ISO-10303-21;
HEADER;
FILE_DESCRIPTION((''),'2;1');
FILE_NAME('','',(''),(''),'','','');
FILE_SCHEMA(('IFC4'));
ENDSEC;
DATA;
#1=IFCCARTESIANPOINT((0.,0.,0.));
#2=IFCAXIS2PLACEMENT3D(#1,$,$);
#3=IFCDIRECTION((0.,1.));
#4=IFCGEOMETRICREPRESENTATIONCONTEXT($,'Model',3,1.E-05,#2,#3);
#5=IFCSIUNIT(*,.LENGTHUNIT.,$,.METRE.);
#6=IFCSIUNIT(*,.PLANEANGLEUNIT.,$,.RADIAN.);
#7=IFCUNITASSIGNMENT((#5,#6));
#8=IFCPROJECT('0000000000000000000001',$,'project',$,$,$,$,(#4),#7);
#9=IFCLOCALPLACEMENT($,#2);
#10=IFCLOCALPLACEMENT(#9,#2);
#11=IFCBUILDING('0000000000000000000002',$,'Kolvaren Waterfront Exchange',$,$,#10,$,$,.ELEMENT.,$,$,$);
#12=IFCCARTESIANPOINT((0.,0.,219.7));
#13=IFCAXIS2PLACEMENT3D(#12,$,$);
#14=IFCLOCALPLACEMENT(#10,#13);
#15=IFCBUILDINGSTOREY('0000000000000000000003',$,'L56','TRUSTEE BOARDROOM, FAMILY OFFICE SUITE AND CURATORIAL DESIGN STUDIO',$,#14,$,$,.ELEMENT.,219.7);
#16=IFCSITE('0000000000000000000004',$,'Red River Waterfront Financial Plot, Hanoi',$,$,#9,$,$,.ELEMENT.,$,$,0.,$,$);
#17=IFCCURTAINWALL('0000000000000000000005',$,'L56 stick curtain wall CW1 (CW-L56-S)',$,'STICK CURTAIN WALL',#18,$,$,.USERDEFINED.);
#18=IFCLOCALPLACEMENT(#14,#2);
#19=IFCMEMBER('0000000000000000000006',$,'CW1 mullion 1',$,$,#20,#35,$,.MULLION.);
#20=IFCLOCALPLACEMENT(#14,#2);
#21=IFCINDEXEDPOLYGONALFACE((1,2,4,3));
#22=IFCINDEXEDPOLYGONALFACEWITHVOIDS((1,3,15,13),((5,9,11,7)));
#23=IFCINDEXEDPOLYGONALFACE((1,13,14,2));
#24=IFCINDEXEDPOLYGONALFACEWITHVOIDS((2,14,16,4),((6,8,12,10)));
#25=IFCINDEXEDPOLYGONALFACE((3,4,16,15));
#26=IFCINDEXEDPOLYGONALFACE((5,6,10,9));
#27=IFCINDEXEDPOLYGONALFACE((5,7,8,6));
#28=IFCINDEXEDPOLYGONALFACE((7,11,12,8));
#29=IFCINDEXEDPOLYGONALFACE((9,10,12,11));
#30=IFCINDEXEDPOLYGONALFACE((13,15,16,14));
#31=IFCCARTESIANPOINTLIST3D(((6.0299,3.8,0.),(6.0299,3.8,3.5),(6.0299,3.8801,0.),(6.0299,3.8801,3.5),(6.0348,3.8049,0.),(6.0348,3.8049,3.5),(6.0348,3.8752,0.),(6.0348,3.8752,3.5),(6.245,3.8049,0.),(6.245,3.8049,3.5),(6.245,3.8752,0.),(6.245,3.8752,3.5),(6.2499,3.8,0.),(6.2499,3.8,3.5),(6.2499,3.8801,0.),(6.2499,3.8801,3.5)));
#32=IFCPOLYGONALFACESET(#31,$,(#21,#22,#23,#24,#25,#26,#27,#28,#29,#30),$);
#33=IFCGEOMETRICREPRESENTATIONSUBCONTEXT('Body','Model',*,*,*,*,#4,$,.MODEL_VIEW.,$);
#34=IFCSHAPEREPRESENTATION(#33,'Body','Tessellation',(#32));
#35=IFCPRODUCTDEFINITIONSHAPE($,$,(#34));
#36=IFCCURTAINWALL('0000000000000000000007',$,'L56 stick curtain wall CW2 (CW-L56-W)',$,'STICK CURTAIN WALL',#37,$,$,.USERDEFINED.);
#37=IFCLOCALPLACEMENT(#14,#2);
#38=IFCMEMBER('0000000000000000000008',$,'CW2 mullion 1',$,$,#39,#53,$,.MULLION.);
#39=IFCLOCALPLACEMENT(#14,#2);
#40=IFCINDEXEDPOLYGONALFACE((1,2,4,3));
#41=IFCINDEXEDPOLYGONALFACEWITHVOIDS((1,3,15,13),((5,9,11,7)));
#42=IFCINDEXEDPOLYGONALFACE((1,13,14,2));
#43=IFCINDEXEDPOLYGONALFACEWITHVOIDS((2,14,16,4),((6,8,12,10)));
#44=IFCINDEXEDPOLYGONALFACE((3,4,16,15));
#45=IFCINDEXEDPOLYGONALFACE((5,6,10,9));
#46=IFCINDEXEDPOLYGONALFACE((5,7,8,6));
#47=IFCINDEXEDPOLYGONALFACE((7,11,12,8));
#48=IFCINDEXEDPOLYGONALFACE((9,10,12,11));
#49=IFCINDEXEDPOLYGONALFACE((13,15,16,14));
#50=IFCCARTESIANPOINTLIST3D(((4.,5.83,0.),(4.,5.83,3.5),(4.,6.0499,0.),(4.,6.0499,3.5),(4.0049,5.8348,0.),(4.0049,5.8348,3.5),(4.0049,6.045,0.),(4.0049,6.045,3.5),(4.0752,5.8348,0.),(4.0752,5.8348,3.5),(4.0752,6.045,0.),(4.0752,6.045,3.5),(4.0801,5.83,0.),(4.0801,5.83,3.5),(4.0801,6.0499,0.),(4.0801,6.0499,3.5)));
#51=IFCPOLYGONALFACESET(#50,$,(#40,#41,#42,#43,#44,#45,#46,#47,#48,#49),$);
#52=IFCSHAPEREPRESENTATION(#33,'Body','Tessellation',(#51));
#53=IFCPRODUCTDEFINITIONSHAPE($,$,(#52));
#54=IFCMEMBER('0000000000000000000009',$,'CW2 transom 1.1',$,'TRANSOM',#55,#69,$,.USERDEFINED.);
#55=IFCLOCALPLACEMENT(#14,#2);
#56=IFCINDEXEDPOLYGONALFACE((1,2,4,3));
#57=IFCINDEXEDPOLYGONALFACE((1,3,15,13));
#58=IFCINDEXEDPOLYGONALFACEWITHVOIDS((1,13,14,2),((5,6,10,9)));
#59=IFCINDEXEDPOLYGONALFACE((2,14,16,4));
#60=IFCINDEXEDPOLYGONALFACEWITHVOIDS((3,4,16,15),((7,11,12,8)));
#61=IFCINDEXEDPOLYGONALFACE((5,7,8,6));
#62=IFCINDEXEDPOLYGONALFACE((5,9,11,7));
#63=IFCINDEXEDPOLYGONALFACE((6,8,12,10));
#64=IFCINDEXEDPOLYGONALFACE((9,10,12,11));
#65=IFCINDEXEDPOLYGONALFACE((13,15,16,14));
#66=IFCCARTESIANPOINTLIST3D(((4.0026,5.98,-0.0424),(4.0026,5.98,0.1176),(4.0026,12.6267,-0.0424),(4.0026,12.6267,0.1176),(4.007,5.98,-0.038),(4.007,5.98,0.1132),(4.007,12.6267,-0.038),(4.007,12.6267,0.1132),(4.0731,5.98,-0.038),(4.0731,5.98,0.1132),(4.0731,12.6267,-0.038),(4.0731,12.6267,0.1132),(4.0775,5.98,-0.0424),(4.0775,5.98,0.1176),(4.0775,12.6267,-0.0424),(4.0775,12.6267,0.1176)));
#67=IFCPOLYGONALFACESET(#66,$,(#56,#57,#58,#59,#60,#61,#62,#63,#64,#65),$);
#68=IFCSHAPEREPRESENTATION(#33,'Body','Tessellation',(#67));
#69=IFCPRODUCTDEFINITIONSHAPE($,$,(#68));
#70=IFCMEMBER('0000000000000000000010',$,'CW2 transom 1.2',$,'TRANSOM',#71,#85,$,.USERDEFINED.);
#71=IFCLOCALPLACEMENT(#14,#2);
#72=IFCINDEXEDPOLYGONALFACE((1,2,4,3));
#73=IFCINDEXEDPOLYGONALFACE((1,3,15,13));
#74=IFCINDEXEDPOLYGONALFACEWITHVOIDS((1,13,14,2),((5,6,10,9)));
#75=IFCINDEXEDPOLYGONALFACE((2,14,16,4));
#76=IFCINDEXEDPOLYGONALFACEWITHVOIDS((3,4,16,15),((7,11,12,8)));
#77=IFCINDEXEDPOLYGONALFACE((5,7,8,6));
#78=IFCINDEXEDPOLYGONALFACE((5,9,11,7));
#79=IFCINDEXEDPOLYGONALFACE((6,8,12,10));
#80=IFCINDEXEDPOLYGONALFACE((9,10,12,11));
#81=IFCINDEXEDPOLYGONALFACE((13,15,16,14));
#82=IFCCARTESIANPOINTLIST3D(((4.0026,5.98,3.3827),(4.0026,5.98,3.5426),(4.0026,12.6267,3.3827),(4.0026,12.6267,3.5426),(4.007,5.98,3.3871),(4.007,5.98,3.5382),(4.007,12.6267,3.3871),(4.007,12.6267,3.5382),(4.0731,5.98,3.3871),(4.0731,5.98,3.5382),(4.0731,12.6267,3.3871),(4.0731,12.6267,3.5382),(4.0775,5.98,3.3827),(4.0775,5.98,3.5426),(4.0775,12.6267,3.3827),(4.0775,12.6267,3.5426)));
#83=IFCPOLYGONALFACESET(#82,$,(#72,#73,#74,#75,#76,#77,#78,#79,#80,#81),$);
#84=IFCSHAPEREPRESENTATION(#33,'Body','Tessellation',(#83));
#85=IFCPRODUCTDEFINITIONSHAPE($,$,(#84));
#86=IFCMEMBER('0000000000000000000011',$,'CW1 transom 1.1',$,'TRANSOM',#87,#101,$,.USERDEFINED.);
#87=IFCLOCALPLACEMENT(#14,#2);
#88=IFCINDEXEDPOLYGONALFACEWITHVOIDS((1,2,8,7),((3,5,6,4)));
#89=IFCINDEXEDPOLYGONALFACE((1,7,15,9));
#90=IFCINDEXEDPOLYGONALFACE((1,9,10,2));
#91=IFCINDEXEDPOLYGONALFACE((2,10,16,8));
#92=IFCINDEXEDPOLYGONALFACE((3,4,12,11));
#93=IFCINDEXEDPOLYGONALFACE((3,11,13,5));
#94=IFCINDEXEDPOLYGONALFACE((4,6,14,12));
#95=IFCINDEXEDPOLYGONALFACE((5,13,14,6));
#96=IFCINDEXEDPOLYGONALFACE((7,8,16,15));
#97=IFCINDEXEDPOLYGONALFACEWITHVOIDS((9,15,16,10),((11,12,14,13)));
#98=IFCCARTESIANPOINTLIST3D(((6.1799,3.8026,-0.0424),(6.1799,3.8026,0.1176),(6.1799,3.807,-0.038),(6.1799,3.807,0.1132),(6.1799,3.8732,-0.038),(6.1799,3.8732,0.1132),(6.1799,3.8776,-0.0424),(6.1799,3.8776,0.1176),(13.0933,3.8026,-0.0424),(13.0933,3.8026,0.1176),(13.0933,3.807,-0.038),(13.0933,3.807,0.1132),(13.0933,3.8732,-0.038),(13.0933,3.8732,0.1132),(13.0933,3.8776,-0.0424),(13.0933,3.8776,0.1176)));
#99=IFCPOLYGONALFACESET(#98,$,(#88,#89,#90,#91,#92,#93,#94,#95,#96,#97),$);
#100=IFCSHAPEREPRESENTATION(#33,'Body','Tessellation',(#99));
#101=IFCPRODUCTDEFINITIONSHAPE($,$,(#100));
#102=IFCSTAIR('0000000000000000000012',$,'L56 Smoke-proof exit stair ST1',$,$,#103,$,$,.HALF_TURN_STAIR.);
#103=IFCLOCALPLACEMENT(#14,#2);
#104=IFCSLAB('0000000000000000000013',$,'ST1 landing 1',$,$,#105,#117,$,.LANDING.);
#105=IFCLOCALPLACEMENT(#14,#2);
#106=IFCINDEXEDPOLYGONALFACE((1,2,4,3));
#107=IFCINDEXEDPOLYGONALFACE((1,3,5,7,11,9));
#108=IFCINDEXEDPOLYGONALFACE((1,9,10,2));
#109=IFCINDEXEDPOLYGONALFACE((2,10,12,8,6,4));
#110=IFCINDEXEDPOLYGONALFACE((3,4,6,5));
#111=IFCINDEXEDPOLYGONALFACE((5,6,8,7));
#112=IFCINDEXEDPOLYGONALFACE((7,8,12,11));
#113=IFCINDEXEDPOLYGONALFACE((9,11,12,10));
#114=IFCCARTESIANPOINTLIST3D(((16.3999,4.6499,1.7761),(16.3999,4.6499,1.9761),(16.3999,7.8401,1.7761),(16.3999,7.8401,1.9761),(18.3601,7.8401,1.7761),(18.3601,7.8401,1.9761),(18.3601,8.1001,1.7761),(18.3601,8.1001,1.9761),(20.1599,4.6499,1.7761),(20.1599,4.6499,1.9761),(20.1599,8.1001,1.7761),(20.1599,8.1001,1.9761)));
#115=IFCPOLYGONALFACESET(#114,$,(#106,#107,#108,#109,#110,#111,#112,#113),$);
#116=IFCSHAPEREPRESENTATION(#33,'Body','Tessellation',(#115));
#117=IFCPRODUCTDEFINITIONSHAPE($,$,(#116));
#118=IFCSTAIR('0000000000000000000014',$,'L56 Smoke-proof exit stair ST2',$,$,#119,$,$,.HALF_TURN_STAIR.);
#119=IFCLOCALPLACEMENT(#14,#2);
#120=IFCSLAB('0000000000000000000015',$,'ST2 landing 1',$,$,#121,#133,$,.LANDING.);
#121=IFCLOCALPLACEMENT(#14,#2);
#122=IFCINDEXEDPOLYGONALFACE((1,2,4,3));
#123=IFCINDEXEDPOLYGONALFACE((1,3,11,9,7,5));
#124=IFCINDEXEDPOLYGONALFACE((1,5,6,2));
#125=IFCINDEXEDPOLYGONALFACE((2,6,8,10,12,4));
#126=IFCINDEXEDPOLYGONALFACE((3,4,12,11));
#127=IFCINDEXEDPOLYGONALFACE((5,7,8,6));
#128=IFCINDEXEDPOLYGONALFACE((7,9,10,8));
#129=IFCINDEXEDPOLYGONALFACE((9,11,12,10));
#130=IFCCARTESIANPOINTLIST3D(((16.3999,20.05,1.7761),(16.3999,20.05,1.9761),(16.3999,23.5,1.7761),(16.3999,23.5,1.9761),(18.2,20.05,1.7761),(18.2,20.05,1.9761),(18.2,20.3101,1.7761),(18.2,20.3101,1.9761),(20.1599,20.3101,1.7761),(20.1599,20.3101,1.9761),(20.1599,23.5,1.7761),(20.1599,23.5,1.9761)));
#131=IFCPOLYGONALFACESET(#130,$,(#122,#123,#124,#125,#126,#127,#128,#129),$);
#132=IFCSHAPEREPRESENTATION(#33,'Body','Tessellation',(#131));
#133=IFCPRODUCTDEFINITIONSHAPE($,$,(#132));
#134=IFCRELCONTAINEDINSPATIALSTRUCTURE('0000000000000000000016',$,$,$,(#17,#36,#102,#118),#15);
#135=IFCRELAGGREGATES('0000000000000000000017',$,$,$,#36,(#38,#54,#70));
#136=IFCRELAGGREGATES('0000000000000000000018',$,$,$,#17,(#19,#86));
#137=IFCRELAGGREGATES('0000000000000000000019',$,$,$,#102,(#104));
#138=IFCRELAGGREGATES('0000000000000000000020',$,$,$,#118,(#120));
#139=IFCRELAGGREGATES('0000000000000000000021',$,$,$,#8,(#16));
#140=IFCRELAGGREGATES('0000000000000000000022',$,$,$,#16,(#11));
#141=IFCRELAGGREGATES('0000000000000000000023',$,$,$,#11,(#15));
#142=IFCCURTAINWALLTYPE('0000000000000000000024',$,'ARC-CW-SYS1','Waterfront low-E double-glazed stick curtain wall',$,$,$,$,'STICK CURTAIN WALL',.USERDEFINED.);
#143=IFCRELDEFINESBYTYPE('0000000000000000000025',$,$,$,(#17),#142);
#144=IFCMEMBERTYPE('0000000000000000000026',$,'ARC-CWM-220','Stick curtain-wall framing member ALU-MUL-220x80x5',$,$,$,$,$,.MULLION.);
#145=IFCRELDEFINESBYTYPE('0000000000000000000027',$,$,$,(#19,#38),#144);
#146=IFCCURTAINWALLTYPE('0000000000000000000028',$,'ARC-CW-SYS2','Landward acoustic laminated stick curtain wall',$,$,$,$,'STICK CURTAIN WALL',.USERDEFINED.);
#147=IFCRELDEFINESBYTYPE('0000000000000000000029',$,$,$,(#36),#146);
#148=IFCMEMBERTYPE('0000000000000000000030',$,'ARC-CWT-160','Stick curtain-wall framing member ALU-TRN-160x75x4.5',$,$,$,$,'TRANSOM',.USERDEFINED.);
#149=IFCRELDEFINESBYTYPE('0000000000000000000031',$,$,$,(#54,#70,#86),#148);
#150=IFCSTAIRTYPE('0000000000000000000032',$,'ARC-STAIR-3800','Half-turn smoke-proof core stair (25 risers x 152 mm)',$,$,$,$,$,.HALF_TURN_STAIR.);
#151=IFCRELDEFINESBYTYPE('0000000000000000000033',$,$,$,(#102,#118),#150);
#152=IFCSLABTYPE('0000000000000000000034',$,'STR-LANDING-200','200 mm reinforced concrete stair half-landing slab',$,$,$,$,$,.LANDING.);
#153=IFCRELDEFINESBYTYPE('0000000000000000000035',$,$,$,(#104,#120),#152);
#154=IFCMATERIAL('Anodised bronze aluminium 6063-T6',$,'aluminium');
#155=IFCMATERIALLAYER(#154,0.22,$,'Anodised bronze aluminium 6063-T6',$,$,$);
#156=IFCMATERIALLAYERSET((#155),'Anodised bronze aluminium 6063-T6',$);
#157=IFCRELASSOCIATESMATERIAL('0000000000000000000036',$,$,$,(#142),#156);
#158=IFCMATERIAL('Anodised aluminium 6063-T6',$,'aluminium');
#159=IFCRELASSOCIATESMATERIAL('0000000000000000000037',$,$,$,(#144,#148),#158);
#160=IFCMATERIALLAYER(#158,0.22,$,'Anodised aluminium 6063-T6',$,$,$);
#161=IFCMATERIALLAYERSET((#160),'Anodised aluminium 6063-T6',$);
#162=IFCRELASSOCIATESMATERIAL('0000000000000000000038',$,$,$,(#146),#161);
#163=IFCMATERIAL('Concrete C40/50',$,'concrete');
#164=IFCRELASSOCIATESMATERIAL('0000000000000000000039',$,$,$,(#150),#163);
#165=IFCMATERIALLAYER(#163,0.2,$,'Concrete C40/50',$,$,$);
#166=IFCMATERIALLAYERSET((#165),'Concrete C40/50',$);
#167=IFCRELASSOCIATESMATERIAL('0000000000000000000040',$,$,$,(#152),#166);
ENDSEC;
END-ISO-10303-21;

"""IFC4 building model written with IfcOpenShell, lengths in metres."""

from ifc_helpers import new_model, si_unit, direction, frame, origin, origin_with_axes, origin_2d, place, context, subcontext, project, spatial, polyline, hollow_rectangle, outline, extrude, source, transform, mapped, material, layer, layer_set, material_profile, profile_set, type_object, element, aggregate, save


model = new_model("IFC4")

# Units and contexts
model_context = context("Model", 3, precision=1e-05, world=origin(), true_north=direction((0.0, 1.0)))
body_context = subcontext(model_context, "Body", "Model", "MODEL_VIEW")
ifc_project = project(units=[si_unit("LENGTHUNIT", "METRE"), si_unit("PLANEANGLEUNIT", "RADIAN")], contexts=[model_context])

# Site, building, storey
site_placement = place(None, origin())
site = spatial("IfcSite", under=ifc_project, at=site_placement, Name="Red River Waterfront Financial Plot, Hanoi", CompositionType="ELEMENT", RefElevation=0.0)
building_placement = place(site_placement, origin())
building = spatial("IfcBuilding", under=site, at=building_placement, Name="Kolvaren Waterfront Exchange", CompositionType="ELEMENT")
storey_placement = place(building_placement, frame((0.0, 0.0, 219.7)))
storey = spatial("IfcBuildingStorey", under=building, at=storey_placement, Name="L56", Description="TRUSTEE BOARDROOM, FAMILY OFFICE SUITE AND CURATORIAL DESIGN STUDIO", CompositionType="ELEMENT", Elevation=219.7)

# Curtain wall, member
ifc_material_1 = material(Name="Anodised bronze aluminium 6063-T6", Category="aluminium")
ifc_layer_1 = layer(ifc_material_1, 0.22, Name="Anodised bronze aluminium 6063-T6")
ifc_layer_set_1 = layer_set([ifc_layer_1], Name="Anodised bronze aluminium 6063-T6")
curtain_wall_type_1 = type_object("IfcCurtainWallType", Name="ARC-CW-SYS1", Description="Waterfront low-E double-glazed stick curtain wall", ElementType="STICK CURTAIN WALL", PredefinedType="USERDEFINED", material=ifc_layer_set_1)
curtain_wall_1_placement = place(storey_placement, origin())
curtain_wall_1 = element("IfcCurtainWall", 1, at=curtain_wall_1_placement, inside=storey, type_object=curtain_wall_type_1, Name="L56 stick curtain wall CW1 (CW-L56-S)", ObjectType="STICK CURTAIN WALL", PredefinedType="USERDEFINED")
ifc_material_2 = material(Name="Anodised aluminium 6063-T6", Category="aluminium")
ifc_material_profile_1 = material_profile(ifc_material_2, hollow_rectangle(XDim=0.0801, YDim=0.22, WallThickness=0.0049, at=origin_2d()), Name="ALU-MUL-220x80x5")
ifc_profile_set_1 = profile_set([ifc_material_profile_1], Name="Anodised aluminium 6063-T6")
member_type_1 = type_object("IfcMemberType", Name="ARC-CWM-220", Description="Stick curtain-wall framing member ALU-MUL-220x80x5", PredefinedType="MULLION", material=ifc_profile_set_1)
shared_shape_1 = source(origin_with_axes(), body_context, "Body", "SweptSolid", [
    extrude(hollow_rectangle(XDim=0.0801, YDim=0.22, WallThickness=0.0049, at=origin_2d()), origin(), (0.0, 0.0, 1.0), 3.5),
])
member_1_placement = place(storey_placement, frame((6.1399, 3.8401, 0.0), z_axis=(0.0, 0.0, 1.0), x_axis=(0.0, 1.0, 0.0)))
member_1 = element("IfcMember", 2, at=member_1_placement, type_object=member_type_1, Name="CW1 mullion 1", PredefinedType="MULLION", context=body_context, shape_type="MappedRepresentation", body=[
    mapped(shared_shape_1, transform((0.0, 0.0, 0.0), x_axis=(1.0, 0.0, 0.0), y_axis=(0.0, 1.0, 0.0), z_axis=(0.0, 0.0, 1.0), scale=1.0)),
])

# Curtain wall, members
ifc_layer_2 = layer(ifc_material_2, 0.22, Name="Anodised aluminium 6063-T6")
ifc_layer_set_2 = layer_set([ifc_layer_2], Name="Anodised aluminium 6063-T6")
curtain_wall_type_2 = type_object("IfcCurtainWallType", Name="ARC-CW-SYS2", Description="Landward acoustic laminated stick curtain wall", ElementType="STICK CURTAIN WALL", PredefinedType="USERDEFINED", material=ifc_layer_set_2)
curtain_wall_2_placement = place(storey_placement, origin())
curtain_wall_2 = element("IfcCurtainWall", 3, at=curtain_wall_2_placement, inside=storey, type_object=curtain_wall_type_2, Name="L56 stick curtain wall CW2 (CW-L56-W)", ObjectType="STICK CURTAIN WALL", PredefinedType="USERDEFINED")
member_2_placement = place(storey_placement, frame((4.04, 5.9399, 0.0), z_axis=(0.0, 0.0, 1.0), x_axis=(-1.0, 0.0, 0.0)))
member_2 = element("IfcMember", 4, at=member_2_placement, type_object=member_type_1, Name="CW2 mullion 1", PredefinedType="MULLION", context=body_context, shape_type="MappedRepresentation", body=[
    mapped(shared_shape_1, transform((0.0, 0.0, 0.0), x_axis=(1.0, 0.0, 0.0), y_axis=(0.0, 1.0, 0.0), z_axis=(0.0, 0.0, 1.0), scale=1.0)),
])
ifc_material_profile_2 = material_profile(ifc_material_2, hollow_rectangle(XDim=0.075, YDim=0.1599, WallThickness=0.0044, at=origin_2d()), Name="ALU-TRN-160x75x4.5")
ifc_profile_set_2 = profile_set([ifc_material_profile_2], Name="Anodised aluminium 6063-T6")
member_type_2 = type_object("IfcMemberType", Name="ARC-CWT-160", Description="Stick curtain-wall framing member ALU-TRN-160x75x4.5", ElementType="TRANSOM", PredefinedType="USERDEFINED", material=ifc_profile_set_2)
shared_shape_2 = source(origin_with_axes(), body_context, "Body", "SweptSolid", [
    extrude(hollow_rectangle(XDim=0.075, YDim=0.1599, WallThickness=0.0044, at=origin_2d()), origin(), (0.0, 0.0, 1.0), 6.6467),
])
member_3_placement = place(storey_placement, frame((4.04, 5.98, 0.0376), z_axis=(0.0, 1.0, 0.0), x_axis=(-1.0, 0.0, 0.0)))
member_3 = element("IfcMember", 5, at=member_3_placement, type_object=member_type_2, Name="CW2 transom 1.1", ObjectType="TRANSOM", PredefinedType="USERDEFINED", context=body_context, shape_type="MappedRepresentation", body=[
    mapped(shared_shape_2, transform((0.0, 0.0, 0.0), x_axis=(1.0, 0.0, 0.0), y_axis=(0.0, 1.0, 0.0), z_axis=(0.0, 0.0, 1.0), scale=1.0)),
])
member_4_placement = place(storey_placement, frame((4.04, 5.98, 3.4626), z_axis=(0.0, 1.0, 0.0), x_axis=(-1.0, 0.0, 0.0)))
member_4 = element("IfcMember", 6, at=member_4_placement, type_object=member_type_2, Name="CW2 transom 1.2", ObjectType="TRANSOM", PredefinedType="USERDEFINED", context=body_context, shape_type="MappedRepresentation", body=[
    mapped(shared_shape_2, transform((0.0, 0.0, 0.0), x_axis=(1.0, 0.0, 0.0), y_axis=(0.0, 1.0, 0.0), z_axis=(0.0, 0.0, 1.0), scale=1.0)),
])
aggregate(curtain_wall_2, [member_2, member_3, member_4])

# Member
shared_shape_3 = source(origin_with_axes(), body_context, "Body", "SweptSolid", [
    extrude(hollow_rectangle(XDim=0.075, YDim=0.1599, WallThickness=0.0044, at=origin_2d()), origin(), (0.0, 0.0, 1.0), 6.9133),
])
member_5_placement = place(storey_placement, frame((6.1799, 3.8401, 0.0376), z_axis=(1.0, 0.0, 0.0), x_axis=(0.0, 1.0, 0.0)))
member_5 = element("IfcMember", 7, at=member_5_placement, type_object=member_type_2, Name="CW1 transom 1.1", ObjectType="TRANSOM", PredefinedType="USERDEFINED", context=body_context, shape_type="MappedRepresentation", body=[
    mapped(shared_shape_3, transform((0.0, 0.0, 0.0), x_axis=(1.0, 0.0, 0.0), y_axis=(0.0, 1.0, 0.0), z_axis=(0.0, 0.0, 1.0), scale=1.0)),
])
aggregate(curtain_wall_1, [member_1, member_5])

# Stairs, slabs
ifc_material_3 = material(Name="Concrete C40/50", Category="concrete")
stair_type = type_object("IfcStairType", Name="ARC-STAIR-3800", Description="Half-turn smoke-proof core stair (25 risers x 152 mm)", PredefinedType="HALF_TURN_STAIR", material=ifc_material_3)
stair_1_placement = place(storey_placement, origin())
stair_1 = element("IfcStair", 8, at=stair_1_placement, inside=storey, type_object=stair_type, Name="L56 Smoke-proof exit stair ST1", PredefinedType="HALF_TURN_STAIR")
ifc_layer_3 = layer(ifc_material_3, 0.2, Name="Concrete C40/50")
ifc_layer_set_3 = layer_set([ifc_layer_3], Name="Concrete C40/50")
slab_type_1 = type_object("IfcSlabType", Name="STR-LANDING-200", Description="200 mm reinforced concrete stair half-landing slab", PredefinedType="LANDING", material=ifc_layer_set_3)
slab_1_placement = place(storey_placement, frame((0.0, 0.0, 1.7761)))
slab_1 = element("IfcSlab", 9, at=slab_1_placement, type_object=slab_type_1, Name="ST1 landing 1", PredefinedType="LANDING", context=body_context, shape_type="SweptSolid", body=[
    extrude(outline(polyline([(16.3999, 7.8401), (16.3999, 4.6499), (20.1599, 4.6499), (20.1599, 8.1001), (18.3601, 8.1001), (18.3601, 7.8401), (16.3999, 7.8401)])), origin(), (0.0, 0.0, 1.0), 0.2),
])
aggregate(stair_1, [slab_1])
stair_2_placement = place(storey_placement, origin())
stair_2 = element("IfcStair", 10, at=stair_2_placement, inside=storey, type_object=stair_type, Name="L56 Smoke-proof exit stair ST2", PredefinedType="HALF_TURN_STAIR")
slab_2_placement = place(storey_placement, frame((0.0, 0.0, 1.7761)))
slab_2 = element("IfcSlab", 11, at=slab_2_placement, type_object=slab_type_1, Name="ST2 landing 1", PredefinedType="LANDING", context=body_context, shape_type="SweptSolid", body=[
    extrude(outline(polyline([(20.1599, 20.3101), (20.1599, 23.5), (16.3999, 23.5), (16.3999, 20.05), (18.2, 20.05), (18.2, 20.3101), (20.1599, 20.3101)])), origin(), (0.0, 0.0, 1.0), 0.2),
])
aggregate(stair_2, [slab_2])

save(model, "model.ifc")
